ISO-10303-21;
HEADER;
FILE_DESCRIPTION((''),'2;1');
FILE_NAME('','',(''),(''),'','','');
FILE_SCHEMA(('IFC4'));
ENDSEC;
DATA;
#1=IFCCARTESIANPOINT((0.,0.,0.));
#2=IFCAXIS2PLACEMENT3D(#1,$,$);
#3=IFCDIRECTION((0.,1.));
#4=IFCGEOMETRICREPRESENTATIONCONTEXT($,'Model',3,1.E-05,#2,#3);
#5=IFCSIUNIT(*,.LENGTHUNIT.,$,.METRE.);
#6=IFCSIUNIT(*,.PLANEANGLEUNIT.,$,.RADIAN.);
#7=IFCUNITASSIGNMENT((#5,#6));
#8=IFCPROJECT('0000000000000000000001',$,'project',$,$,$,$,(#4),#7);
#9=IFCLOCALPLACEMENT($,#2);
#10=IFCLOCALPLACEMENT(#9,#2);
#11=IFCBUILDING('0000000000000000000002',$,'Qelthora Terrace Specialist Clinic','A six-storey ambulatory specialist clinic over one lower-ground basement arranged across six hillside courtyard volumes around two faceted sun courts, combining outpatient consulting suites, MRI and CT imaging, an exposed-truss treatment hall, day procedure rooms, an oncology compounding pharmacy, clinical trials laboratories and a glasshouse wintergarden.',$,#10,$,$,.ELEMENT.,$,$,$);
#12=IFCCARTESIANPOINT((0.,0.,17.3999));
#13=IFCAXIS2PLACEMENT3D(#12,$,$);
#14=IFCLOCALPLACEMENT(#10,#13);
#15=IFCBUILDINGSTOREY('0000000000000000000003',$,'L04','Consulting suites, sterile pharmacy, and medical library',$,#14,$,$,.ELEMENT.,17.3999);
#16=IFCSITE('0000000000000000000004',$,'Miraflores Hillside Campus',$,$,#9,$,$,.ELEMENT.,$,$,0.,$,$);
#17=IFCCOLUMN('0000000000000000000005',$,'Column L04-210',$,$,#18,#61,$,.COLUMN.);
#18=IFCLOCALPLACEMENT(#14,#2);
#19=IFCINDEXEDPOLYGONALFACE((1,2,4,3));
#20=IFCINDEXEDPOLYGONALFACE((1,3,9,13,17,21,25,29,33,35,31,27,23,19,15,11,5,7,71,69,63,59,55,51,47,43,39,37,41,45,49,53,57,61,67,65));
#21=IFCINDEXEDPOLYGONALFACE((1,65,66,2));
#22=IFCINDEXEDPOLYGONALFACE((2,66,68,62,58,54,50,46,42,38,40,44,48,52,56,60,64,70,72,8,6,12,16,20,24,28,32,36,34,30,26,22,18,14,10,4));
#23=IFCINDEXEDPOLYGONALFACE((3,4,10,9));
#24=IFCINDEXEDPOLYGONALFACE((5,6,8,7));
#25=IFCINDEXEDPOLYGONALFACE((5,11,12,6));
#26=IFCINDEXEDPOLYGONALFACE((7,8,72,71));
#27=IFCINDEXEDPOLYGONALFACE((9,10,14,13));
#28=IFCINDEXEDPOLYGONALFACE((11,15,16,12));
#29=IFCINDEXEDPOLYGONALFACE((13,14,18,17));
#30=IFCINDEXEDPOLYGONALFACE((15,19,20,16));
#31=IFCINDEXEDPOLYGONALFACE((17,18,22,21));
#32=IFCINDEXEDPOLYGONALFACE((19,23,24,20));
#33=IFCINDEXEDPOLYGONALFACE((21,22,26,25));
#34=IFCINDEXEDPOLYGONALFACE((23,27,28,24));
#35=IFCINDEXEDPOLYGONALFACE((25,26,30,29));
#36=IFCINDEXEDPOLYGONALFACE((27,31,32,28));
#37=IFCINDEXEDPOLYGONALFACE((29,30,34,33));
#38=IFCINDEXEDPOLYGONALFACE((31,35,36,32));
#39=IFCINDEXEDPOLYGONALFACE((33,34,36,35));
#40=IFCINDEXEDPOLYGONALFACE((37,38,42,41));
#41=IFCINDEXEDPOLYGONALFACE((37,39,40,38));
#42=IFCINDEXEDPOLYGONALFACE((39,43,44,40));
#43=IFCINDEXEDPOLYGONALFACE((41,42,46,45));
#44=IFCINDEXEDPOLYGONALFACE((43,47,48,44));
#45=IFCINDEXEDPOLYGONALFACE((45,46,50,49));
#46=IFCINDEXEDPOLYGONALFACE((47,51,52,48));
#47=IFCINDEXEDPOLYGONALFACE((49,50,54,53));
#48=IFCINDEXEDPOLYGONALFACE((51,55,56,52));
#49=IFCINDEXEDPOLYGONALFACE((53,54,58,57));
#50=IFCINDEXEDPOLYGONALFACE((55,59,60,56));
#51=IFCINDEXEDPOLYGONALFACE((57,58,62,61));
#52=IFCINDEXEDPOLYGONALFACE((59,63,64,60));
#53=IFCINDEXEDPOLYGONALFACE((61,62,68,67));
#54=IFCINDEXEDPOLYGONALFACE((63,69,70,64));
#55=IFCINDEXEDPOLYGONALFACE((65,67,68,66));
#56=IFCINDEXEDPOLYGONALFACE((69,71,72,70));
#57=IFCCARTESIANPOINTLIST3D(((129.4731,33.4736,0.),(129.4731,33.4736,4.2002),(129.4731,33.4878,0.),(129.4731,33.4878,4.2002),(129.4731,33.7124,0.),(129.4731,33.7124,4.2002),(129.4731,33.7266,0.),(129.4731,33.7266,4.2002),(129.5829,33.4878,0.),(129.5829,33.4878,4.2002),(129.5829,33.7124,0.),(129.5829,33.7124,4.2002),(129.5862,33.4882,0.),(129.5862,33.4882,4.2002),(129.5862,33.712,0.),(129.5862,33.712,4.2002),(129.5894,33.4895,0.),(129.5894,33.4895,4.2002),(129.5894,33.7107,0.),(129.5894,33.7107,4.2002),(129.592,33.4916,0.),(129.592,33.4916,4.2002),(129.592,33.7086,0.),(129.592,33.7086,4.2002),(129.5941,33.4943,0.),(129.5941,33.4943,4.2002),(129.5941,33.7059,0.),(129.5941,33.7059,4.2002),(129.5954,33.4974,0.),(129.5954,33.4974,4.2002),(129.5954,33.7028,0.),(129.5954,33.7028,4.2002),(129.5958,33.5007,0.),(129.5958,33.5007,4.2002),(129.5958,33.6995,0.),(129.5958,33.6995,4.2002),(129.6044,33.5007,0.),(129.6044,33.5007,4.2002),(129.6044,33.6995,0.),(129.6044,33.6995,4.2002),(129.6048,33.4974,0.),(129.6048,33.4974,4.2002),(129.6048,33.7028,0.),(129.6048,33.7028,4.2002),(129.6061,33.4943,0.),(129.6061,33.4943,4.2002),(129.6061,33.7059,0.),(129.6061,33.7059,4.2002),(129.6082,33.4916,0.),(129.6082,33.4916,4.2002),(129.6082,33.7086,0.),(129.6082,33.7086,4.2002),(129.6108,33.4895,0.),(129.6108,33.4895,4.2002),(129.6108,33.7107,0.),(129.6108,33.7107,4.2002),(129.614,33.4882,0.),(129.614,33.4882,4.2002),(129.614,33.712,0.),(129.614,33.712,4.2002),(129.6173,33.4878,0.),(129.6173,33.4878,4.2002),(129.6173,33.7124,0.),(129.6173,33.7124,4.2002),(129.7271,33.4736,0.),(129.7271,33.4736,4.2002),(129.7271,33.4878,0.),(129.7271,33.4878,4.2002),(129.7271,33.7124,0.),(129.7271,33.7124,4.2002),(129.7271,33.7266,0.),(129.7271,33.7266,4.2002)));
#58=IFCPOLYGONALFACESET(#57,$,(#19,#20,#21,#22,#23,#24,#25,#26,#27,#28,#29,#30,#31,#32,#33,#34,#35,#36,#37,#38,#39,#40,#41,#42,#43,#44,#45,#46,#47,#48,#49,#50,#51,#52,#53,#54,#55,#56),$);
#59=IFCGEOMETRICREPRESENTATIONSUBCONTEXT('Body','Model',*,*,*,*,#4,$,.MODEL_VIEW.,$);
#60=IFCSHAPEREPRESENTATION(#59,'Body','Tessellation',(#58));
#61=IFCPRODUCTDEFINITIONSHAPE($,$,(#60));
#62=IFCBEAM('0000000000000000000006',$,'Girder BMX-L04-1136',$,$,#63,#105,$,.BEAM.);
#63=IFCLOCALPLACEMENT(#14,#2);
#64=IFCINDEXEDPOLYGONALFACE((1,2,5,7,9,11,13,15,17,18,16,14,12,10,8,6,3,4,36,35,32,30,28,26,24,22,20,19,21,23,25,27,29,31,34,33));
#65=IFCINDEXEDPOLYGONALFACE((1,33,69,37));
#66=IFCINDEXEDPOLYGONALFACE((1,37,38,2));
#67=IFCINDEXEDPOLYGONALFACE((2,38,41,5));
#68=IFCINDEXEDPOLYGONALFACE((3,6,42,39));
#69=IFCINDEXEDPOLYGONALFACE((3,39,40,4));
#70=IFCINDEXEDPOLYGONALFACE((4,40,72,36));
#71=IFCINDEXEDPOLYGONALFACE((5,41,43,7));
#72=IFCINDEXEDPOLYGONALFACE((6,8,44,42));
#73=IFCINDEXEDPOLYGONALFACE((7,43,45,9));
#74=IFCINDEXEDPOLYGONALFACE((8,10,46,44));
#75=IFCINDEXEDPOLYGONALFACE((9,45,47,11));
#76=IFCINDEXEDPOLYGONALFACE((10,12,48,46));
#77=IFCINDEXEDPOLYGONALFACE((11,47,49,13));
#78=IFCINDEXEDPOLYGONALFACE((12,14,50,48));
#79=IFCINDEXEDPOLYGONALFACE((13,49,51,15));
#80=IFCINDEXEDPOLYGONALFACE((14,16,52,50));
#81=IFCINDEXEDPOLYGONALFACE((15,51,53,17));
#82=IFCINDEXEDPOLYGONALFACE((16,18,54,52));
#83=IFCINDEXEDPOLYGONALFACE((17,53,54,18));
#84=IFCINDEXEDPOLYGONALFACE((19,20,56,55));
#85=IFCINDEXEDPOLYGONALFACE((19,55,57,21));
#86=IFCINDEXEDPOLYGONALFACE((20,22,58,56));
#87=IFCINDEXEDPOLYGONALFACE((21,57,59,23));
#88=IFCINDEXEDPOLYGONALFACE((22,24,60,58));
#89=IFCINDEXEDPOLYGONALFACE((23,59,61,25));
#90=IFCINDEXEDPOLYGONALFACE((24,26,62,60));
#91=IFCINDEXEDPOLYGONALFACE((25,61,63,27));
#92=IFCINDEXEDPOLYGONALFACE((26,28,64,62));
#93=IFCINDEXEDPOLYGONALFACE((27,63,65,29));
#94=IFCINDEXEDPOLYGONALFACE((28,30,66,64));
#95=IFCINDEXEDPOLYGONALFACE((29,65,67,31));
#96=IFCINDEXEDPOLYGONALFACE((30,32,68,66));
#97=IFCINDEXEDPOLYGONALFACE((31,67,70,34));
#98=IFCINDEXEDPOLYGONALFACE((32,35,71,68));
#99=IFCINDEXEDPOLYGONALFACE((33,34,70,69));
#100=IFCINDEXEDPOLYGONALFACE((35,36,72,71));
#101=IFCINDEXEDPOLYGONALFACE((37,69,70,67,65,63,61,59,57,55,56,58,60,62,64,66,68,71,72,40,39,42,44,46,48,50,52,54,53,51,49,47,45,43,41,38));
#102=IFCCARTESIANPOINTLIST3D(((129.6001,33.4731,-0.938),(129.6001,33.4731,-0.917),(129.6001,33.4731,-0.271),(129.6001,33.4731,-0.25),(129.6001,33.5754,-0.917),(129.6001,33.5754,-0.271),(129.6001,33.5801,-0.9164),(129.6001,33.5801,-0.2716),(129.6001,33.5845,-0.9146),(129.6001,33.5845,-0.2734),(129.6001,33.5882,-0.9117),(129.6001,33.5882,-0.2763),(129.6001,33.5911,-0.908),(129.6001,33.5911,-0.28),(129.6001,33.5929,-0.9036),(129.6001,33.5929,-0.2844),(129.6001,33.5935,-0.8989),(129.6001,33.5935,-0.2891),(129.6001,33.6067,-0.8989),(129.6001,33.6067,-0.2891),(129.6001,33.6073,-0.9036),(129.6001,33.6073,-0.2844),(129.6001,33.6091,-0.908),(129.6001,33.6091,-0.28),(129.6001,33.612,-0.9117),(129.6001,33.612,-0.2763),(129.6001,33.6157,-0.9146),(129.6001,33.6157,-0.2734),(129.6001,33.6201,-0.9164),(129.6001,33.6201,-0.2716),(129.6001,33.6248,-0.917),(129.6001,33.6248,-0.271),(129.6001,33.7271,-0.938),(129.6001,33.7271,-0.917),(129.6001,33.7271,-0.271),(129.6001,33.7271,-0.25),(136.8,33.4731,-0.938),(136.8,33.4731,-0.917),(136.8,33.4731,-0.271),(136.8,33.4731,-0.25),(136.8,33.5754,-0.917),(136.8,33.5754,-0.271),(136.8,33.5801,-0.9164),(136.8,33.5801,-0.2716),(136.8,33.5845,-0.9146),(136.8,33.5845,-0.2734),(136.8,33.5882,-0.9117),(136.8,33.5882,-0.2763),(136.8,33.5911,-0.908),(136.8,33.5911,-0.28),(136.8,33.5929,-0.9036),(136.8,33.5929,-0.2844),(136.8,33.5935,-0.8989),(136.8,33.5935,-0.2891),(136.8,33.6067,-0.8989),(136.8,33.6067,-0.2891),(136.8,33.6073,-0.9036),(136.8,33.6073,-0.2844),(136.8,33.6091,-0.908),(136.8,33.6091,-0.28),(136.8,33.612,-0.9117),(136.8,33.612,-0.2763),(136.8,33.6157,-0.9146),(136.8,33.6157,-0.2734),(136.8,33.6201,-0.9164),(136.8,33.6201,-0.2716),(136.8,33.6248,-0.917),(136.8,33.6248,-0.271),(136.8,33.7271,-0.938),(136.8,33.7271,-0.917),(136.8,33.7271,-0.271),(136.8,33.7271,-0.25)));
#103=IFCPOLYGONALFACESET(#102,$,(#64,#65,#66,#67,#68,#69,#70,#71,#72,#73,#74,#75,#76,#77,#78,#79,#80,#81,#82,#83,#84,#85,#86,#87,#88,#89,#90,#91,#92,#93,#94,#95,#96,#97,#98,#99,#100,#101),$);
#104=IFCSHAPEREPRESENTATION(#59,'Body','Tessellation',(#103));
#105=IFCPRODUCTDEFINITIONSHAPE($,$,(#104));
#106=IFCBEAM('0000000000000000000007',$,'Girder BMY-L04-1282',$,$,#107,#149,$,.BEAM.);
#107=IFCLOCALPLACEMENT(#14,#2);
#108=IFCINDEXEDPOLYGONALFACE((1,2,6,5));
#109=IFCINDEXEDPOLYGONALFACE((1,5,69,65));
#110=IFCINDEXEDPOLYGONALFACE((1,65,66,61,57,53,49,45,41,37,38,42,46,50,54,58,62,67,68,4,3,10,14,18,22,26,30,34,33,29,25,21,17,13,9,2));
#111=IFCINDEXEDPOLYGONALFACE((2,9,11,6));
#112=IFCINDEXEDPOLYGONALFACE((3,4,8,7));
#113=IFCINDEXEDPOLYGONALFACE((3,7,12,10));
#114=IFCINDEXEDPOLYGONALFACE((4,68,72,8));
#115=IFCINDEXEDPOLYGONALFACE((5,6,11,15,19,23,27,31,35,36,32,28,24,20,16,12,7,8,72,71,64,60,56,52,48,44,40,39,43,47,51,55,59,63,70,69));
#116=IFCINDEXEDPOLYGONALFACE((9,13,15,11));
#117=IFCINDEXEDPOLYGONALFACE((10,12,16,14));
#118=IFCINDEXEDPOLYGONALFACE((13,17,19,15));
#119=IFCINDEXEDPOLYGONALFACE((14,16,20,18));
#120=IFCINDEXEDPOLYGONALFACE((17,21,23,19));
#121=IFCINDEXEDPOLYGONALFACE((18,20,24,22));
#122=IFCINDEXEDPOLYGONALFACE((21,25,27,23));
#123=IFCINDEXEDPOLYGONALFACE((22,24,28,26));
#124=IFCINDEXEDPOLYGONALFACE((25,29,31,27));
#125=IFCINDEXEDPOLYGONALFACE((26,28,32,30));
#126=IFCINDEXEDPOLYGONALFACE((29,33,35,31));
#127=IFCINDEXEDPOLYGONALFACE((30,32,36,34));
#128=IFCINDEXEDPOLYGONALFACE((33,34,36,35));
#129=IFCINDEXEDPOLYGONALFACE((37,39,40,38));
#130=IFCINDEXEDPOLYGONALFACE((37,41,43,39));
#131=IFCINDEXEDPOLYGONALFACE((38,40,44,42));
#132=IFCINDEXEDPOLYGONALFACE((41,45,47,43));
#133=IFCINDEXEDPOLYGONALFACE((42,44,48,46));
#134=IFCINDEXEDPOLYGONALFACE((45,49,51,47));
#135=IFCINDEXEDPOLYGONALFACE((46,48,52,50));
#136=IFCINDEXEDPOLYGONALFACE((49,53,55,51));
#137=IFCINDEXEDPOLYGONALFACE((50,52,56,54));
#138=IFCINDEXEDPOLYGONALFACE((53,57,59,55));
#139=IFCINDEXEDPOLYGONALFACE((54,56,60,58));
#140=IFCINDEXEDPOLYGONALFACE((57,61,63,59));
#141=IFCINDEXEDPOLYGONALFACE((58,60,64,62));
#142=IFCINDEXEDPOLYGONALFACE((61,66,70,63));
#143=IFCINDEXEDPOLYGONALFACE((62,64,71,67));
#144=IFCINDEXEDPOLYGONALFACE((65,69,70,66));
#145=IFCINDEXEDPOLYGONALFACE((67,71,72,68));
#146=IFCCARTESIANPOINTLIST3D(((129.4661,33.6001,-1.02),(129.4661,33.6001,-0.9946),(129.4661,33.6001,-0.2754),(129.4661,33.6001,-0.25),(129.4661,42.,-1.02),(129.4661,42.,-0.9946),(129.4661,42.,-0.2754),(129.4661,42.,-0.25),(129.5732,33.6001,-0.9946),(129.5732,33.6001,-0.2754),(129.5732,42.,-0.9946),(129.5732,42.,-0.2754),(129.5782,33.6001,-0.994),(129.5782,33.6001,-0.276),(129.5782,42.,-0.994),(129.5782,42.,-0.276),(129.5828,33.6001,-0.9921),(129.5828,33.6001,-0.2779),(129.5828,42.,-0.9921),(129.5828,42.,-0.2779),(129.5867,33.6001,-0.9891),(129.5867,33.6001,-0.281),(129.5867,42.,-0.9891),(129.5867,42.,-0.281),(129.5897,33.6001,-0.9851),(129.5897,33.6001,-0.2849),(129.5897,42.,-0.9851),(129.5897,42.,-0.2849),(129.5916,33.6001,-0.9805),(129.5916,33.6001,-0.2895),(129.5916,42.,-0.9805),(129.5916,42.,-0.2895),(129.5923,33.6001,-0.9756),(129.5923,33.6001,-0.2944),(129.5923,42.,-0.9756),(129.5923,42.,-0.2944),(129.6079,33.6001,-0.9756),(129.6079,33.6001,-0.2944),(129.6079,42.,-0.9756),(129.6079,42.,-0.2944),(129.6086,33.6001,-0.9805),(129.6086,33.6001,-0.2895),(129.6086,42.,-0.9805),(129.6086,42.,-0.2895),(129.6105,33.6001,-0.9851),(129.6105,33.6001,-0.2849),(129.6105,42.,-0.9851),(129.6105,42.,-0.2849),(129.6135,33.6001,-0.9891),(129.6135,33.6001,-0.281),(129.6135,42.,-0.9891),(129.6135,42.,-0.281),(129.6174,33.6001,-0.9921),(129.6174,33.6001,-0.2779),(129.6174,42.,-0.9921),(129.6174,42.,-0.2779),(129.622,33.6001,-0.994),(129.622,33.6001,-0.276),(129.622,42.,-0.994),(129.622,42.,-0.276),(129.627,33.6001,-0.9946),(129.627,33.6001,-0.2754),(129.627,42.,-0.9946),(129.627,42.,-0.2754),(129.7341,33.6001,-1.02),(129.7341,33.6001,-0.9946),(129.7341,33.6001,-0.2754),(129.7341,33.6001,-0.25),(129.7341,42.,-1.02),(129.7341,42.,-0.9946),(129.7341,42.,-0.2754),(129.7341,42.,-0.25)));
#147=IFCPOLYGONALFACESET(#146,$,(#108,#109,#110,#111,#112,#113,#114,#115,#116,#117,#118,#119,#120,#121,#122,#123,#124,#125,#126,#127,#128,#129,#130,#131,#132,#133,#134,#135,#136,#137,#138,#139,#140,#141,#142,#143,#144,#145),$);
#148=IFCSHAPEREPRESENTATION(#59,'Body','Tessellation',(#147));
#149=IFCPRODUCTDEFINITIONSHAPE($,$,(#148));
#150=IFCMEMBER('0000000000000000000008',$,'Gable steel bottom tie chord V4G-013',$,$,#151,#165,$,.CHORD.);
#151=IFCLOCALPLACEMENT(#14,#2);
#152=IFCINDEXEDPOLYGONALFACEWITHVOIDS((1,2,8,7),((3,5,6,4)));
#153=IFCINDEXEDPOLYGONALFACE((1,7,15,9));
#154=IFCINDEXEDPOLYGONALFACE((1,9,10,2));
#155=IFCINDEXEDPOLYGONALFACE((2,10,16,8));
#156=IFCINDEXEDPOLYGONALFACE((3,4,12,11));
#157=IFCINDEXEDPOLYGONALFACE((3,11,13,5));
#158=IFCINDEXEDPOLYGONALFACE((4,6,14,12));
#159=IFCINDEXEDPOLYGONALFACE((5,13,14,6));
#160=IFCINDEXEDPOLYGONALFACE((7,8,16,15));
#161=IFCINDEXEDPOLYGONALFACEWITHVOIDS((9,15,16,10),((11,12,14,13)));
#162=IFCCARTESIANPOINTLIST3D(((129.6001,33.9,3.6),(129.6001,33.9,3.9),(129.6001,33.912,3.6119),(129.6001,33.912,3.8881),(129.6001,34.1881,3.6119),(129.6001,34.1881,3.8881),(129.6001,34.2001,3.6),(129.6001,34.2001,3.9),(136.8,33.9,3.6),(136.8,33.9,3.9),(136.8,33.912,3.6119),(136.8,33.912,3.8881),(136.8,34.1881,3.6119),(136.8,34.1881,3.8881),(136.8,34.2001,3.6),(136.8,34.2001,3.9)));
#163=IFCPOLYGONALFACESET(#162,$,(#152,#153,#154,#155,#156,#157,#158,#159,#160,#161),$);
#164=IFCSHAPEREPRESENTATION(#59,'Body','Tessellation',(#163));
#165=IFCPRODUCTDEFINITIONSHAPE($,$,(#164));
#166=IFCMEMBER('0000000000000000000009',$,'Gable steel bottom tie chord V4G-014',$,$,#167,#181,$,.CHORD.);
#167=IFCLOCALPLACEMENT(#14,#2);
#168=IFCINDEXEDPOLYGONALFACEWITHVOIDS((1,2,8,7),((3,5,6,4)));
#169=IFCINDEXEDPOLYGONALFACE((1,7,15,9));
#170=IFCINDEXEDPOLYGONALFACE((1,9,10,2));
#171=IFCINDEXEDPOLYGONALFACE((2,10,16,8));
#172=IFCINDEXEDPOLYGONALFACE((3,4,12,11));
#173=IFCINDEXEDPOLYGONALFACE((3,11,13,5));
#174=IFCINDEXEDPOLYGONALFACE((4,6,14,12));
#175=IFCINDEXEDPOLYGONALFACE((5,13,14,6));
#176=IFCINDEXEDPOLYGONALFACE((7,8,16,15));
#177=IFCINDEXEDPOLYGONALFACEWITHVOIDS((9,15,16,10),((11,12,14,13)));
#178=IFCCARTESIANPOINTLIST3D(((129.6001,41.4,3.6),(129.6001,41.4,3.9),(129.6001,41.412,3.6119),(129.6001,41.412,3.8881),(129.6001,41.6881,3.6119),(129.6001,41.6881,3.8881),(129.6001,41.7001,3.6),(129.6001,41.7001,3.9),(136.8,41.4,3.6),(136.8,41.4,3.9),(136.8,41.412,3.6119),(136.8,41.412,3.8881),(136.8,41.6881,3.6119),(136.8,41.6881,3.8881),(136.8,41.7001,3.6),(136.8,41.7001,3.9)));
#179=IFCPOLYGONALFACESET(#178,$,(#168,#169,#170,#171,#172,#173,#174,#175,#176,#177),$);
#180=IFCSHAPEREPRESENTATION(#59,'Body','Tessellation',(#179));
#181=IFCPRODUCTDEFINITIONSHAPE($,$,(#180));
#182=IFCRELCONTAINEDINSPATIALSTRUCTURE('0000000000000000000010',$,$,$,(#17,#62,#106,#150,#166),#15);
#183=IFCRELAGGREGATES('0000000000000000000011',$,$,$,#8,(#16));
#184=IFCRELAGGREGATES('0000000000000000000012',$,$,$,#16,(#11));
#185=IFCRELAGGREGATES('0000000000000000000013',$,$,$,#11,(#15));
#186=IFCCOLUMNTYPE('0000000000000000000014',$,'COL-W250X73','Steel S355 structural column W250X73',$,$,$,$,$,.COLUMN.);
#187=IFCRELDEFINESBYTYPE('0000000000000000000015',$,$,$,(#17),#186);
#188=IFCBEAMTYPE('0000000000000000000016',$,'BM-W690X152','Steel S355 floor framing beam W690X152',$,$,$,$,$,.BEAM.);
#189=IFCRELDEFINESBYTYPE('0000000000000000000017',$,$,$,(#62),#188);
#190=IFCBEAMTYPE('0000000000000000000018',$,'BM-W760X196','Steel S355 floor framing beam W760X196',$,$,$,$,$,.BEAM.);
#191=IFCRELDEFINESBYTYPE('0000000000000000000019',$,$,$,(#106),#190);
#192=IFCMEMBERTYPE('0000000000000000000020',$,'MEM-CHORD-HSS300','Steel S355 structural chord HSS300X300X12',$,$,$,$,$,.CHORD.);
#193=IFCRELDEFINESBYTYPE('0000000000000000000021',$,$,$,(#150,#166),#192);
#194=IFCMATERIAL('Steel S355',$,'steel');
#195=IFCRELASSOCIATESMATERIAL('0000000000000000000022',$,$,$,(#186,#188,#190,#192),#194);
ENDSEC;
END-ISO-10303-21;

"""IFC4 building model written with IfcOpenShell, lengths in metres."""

from ifc_helpers import new_model, si_unit, direction, frame, origin, origin_2d, place, context, subcontext, project, spatial, hollow_rectangle, i_section, extrude, material, material_profile, profile_set, type_object, element, save


model = new_model("IFC4")

# Units and contexts
model_context = context("Model", 3, precision=1e-05, world=origin(), true_north=direction((0.0, 1.0)))
body_context = subcontext(model_context, "Body", "Model", "MODEL_VIEW")
ifc_project = project(units=[si_unit("LENGTHUNIT", "METRE"), si_unit("PLANEANGLEUNIT", "RADIAN")], contexts=[model_context])

# Site, building, storey
site_placement = place(None, origin())
site = spatial("IfcSite", under=ifc_project, at=site_placement, Name="Miraflores Hillside Campus", CompositionType="ELEMENT", RefElevation=0.0)
building_placement = place(site_placement, origin())
building = spatial("IfcBuilding", under=site, at=building_placement, Name="Qelthora Terrace Specialist Clinic", Description="A six-storey ambulatory specialist clinic over one lower-ground basement arranged across six hillside courtyard volumes around two faceted sun courts, combining outpatient consulting suites, MRI and CT imaging, an exposed-truss treatment hall, day procedure rooms, an oncology compounding pharmacy, clinical trials laboratories and a glasshouse wintergarden.", CompositionType="ELEMENT")
storey_placement = place(building_placement, frame((0.0, 0.0, 17.3999)))
storey = spatial("IfcBuildingStorey", under=building, at=storey_placement, Name="L04", Description="Consulting suites, sterile pharmacy, and medical library", CompositionType="ELEMENT", Elevation=17.3999)

# Column
ifc_material_1 = material(Name="Steel S355", Category="steel")
ifc_material_profile_1 = material_profile(ifc_material_1, i_section(OverallWidth=0.2539, OverallDepth=0.2529, WebThickness=0.0085, FlangeThickness=0.0142, FilletRadius=0.0129, at=origin_2d()), Name="W250X73")
ifc_profile_set_1 = profile_set([ifc_material_profile_1], Name="Steel S355")
column_type = type_object("IfcColumnType", Name="COL-W250X73", Description="Steel S355 structural column W250X73", PredefinedType="COLUMN", material=ifc_profile_set_1)
column_placement = place(storey_placement, frame((129.6001, 33.6001, 0.0), z_axis=(0.0, 0.0, 1.0), x_axis=(1.0, 0.0, 0.0)))
element("IfcColumn", 1, at=column_placement, inside=storey, type_object=column_type, Name="Column L04-210", PredefinedType="COLUMN", context=body_context, shape_type="SweptSolid", body=[
    extrude(i_section(OverallWidth=0.2539, OverallDepth=0.2529, WebThickness=0.0085, FlangeThickness=0.0142, FilletRadius=0.0129, at=origin_2d()), origin(), (0.0, 0.0, 1.0), 4.2002),
])

# Beams
ifc_material_profile_2 = material_profile(ifc_material_1, i_section(OverallWidth=0.2539, OverallDepth=0.688, WebThickness=0.0132, FlangeThickness=0.021, FilletRadius=0.0181, at=origin_2d()), Name="W690X152")
ifc_profile_set_2 = profile_set([ifc_material_profile_2], Name="Steel S355")
beam_type_1 = type_object("IfcBeamType", Name="BM-W690X152", Description="Steel S355 floor framing beam W690X152", PredefinedType="BEAM", material=ifc_profile_set_2)
beam_1_placement = place(storey_placement, frame((129.6001, 33.6001, -0.594), z_axis=(1.0, 0.0, 0.0), x_axis=(0.0, 1.0, 0.0)))
element("IfcBeam", 2, at=beam_1_placement, inside=storey, type_object=beam_type_1, Name="Girder BMX-L04-1136", PredefinedType="BEAM", context=body_context, shape_type="SweptSolid", body=[
    extrude(i_section(OverallWidth=0.2539, OverallDepth=0.688, WebThickness=0.0132, FlangeThickness=0.021, FilletRadius=0.0181, at=origin_2d()), origin(), (0.0, 0.0, 1.0), 7.2),
])
ifc_material_profile_3 = material_profile(ifc_material_1, i_section(OverallWidth=0.2681, OverallDepth=0.77, WebThickness=0.0156, FlangeThickness=0.0254, FilletRadius=0.019, at=origin_2d()), Name="W760X196")
ifc_profile_set_3 = profile_set([ifc_material_profile_3], Name="Steel S355")
beam_type_2 = type_object("IfcBeamType", Name="BM-W760X196", Description="Steel S355 floor framing beam W760X196", PredefinedType="BEAM", material=ifc_profile_set_3)
beam_2_placement = place(storey_placement, frame((129.6001, 33.6001, -0.635), z_axis=(0.0, 1.0, 0.0), x_axis=(-1.0, 0.0, 0.0)))
element("IfcBeam", 3, at=beam_2_placement, inside=storey, type_object=beam_type_2, Name="Girder BMY-L04-1282", PredefinedType="BEAM", context=body_context, shape_type="SweptSolid", body=[
    extrude(i_section(OverallWidth=0.2681, OverallDepth=0.77, WebThickness=0.0156, FlangeThickness=0.0254, FilletRadius=0.019, at=origin_2d()), origin(), (0.0, 0.0, 1.0), 8.3999),
])

# Members
ifc_material_profile_4 = material_profile(ifc_material_1, hollow_rectangle(XDim=0.3, YDim=0.3, WallThickness=0.012, at=origin_2d()), Name="HSS300X300X12")
ifc_profile_set_4 = profile_set([ifc_material_profile_4], Name="Steel S355")
member_type_1 = type_object("IfcMemberType", Name="MEM-CHORD-HSS300", Description="Steel S355 structural chord HSS300X300X12", PredefinedType="CHORD", material=ifc_profile_set_4)
for number, where, z_axis, x_axis, name in (
    (4, (129.6001, 34.05, 3.75), (1.0, 0.0, 0.0), (0.0, 1.0, 0.0), "Gable steel bottom tie chord V4G-013"),
    (5, (129.6001, 41.55, 3.75), (1.0, 0.0, 0.0), (0.0, 1.0, 0.0), "Gable steel bottom tie chord V4G-014"),
):
    element("IfcMember", number, at=place(storey_placement, frame(where, z_axis=z_axis, x_axis=x_axis)), inside=storey, type_object=member_type_1, Name=name, PredefinedType="CHORD", context=body_context, shape_type="SweptSolid", body=[
        extrude(hollow_rectangle(XDim=0.3, YDim=0.3, WallThickness=0.012, at=origin_2d()), origin(), (0.0, 0.0, 1.0), 7.2),
    ])

save(model, "model.ifc")
